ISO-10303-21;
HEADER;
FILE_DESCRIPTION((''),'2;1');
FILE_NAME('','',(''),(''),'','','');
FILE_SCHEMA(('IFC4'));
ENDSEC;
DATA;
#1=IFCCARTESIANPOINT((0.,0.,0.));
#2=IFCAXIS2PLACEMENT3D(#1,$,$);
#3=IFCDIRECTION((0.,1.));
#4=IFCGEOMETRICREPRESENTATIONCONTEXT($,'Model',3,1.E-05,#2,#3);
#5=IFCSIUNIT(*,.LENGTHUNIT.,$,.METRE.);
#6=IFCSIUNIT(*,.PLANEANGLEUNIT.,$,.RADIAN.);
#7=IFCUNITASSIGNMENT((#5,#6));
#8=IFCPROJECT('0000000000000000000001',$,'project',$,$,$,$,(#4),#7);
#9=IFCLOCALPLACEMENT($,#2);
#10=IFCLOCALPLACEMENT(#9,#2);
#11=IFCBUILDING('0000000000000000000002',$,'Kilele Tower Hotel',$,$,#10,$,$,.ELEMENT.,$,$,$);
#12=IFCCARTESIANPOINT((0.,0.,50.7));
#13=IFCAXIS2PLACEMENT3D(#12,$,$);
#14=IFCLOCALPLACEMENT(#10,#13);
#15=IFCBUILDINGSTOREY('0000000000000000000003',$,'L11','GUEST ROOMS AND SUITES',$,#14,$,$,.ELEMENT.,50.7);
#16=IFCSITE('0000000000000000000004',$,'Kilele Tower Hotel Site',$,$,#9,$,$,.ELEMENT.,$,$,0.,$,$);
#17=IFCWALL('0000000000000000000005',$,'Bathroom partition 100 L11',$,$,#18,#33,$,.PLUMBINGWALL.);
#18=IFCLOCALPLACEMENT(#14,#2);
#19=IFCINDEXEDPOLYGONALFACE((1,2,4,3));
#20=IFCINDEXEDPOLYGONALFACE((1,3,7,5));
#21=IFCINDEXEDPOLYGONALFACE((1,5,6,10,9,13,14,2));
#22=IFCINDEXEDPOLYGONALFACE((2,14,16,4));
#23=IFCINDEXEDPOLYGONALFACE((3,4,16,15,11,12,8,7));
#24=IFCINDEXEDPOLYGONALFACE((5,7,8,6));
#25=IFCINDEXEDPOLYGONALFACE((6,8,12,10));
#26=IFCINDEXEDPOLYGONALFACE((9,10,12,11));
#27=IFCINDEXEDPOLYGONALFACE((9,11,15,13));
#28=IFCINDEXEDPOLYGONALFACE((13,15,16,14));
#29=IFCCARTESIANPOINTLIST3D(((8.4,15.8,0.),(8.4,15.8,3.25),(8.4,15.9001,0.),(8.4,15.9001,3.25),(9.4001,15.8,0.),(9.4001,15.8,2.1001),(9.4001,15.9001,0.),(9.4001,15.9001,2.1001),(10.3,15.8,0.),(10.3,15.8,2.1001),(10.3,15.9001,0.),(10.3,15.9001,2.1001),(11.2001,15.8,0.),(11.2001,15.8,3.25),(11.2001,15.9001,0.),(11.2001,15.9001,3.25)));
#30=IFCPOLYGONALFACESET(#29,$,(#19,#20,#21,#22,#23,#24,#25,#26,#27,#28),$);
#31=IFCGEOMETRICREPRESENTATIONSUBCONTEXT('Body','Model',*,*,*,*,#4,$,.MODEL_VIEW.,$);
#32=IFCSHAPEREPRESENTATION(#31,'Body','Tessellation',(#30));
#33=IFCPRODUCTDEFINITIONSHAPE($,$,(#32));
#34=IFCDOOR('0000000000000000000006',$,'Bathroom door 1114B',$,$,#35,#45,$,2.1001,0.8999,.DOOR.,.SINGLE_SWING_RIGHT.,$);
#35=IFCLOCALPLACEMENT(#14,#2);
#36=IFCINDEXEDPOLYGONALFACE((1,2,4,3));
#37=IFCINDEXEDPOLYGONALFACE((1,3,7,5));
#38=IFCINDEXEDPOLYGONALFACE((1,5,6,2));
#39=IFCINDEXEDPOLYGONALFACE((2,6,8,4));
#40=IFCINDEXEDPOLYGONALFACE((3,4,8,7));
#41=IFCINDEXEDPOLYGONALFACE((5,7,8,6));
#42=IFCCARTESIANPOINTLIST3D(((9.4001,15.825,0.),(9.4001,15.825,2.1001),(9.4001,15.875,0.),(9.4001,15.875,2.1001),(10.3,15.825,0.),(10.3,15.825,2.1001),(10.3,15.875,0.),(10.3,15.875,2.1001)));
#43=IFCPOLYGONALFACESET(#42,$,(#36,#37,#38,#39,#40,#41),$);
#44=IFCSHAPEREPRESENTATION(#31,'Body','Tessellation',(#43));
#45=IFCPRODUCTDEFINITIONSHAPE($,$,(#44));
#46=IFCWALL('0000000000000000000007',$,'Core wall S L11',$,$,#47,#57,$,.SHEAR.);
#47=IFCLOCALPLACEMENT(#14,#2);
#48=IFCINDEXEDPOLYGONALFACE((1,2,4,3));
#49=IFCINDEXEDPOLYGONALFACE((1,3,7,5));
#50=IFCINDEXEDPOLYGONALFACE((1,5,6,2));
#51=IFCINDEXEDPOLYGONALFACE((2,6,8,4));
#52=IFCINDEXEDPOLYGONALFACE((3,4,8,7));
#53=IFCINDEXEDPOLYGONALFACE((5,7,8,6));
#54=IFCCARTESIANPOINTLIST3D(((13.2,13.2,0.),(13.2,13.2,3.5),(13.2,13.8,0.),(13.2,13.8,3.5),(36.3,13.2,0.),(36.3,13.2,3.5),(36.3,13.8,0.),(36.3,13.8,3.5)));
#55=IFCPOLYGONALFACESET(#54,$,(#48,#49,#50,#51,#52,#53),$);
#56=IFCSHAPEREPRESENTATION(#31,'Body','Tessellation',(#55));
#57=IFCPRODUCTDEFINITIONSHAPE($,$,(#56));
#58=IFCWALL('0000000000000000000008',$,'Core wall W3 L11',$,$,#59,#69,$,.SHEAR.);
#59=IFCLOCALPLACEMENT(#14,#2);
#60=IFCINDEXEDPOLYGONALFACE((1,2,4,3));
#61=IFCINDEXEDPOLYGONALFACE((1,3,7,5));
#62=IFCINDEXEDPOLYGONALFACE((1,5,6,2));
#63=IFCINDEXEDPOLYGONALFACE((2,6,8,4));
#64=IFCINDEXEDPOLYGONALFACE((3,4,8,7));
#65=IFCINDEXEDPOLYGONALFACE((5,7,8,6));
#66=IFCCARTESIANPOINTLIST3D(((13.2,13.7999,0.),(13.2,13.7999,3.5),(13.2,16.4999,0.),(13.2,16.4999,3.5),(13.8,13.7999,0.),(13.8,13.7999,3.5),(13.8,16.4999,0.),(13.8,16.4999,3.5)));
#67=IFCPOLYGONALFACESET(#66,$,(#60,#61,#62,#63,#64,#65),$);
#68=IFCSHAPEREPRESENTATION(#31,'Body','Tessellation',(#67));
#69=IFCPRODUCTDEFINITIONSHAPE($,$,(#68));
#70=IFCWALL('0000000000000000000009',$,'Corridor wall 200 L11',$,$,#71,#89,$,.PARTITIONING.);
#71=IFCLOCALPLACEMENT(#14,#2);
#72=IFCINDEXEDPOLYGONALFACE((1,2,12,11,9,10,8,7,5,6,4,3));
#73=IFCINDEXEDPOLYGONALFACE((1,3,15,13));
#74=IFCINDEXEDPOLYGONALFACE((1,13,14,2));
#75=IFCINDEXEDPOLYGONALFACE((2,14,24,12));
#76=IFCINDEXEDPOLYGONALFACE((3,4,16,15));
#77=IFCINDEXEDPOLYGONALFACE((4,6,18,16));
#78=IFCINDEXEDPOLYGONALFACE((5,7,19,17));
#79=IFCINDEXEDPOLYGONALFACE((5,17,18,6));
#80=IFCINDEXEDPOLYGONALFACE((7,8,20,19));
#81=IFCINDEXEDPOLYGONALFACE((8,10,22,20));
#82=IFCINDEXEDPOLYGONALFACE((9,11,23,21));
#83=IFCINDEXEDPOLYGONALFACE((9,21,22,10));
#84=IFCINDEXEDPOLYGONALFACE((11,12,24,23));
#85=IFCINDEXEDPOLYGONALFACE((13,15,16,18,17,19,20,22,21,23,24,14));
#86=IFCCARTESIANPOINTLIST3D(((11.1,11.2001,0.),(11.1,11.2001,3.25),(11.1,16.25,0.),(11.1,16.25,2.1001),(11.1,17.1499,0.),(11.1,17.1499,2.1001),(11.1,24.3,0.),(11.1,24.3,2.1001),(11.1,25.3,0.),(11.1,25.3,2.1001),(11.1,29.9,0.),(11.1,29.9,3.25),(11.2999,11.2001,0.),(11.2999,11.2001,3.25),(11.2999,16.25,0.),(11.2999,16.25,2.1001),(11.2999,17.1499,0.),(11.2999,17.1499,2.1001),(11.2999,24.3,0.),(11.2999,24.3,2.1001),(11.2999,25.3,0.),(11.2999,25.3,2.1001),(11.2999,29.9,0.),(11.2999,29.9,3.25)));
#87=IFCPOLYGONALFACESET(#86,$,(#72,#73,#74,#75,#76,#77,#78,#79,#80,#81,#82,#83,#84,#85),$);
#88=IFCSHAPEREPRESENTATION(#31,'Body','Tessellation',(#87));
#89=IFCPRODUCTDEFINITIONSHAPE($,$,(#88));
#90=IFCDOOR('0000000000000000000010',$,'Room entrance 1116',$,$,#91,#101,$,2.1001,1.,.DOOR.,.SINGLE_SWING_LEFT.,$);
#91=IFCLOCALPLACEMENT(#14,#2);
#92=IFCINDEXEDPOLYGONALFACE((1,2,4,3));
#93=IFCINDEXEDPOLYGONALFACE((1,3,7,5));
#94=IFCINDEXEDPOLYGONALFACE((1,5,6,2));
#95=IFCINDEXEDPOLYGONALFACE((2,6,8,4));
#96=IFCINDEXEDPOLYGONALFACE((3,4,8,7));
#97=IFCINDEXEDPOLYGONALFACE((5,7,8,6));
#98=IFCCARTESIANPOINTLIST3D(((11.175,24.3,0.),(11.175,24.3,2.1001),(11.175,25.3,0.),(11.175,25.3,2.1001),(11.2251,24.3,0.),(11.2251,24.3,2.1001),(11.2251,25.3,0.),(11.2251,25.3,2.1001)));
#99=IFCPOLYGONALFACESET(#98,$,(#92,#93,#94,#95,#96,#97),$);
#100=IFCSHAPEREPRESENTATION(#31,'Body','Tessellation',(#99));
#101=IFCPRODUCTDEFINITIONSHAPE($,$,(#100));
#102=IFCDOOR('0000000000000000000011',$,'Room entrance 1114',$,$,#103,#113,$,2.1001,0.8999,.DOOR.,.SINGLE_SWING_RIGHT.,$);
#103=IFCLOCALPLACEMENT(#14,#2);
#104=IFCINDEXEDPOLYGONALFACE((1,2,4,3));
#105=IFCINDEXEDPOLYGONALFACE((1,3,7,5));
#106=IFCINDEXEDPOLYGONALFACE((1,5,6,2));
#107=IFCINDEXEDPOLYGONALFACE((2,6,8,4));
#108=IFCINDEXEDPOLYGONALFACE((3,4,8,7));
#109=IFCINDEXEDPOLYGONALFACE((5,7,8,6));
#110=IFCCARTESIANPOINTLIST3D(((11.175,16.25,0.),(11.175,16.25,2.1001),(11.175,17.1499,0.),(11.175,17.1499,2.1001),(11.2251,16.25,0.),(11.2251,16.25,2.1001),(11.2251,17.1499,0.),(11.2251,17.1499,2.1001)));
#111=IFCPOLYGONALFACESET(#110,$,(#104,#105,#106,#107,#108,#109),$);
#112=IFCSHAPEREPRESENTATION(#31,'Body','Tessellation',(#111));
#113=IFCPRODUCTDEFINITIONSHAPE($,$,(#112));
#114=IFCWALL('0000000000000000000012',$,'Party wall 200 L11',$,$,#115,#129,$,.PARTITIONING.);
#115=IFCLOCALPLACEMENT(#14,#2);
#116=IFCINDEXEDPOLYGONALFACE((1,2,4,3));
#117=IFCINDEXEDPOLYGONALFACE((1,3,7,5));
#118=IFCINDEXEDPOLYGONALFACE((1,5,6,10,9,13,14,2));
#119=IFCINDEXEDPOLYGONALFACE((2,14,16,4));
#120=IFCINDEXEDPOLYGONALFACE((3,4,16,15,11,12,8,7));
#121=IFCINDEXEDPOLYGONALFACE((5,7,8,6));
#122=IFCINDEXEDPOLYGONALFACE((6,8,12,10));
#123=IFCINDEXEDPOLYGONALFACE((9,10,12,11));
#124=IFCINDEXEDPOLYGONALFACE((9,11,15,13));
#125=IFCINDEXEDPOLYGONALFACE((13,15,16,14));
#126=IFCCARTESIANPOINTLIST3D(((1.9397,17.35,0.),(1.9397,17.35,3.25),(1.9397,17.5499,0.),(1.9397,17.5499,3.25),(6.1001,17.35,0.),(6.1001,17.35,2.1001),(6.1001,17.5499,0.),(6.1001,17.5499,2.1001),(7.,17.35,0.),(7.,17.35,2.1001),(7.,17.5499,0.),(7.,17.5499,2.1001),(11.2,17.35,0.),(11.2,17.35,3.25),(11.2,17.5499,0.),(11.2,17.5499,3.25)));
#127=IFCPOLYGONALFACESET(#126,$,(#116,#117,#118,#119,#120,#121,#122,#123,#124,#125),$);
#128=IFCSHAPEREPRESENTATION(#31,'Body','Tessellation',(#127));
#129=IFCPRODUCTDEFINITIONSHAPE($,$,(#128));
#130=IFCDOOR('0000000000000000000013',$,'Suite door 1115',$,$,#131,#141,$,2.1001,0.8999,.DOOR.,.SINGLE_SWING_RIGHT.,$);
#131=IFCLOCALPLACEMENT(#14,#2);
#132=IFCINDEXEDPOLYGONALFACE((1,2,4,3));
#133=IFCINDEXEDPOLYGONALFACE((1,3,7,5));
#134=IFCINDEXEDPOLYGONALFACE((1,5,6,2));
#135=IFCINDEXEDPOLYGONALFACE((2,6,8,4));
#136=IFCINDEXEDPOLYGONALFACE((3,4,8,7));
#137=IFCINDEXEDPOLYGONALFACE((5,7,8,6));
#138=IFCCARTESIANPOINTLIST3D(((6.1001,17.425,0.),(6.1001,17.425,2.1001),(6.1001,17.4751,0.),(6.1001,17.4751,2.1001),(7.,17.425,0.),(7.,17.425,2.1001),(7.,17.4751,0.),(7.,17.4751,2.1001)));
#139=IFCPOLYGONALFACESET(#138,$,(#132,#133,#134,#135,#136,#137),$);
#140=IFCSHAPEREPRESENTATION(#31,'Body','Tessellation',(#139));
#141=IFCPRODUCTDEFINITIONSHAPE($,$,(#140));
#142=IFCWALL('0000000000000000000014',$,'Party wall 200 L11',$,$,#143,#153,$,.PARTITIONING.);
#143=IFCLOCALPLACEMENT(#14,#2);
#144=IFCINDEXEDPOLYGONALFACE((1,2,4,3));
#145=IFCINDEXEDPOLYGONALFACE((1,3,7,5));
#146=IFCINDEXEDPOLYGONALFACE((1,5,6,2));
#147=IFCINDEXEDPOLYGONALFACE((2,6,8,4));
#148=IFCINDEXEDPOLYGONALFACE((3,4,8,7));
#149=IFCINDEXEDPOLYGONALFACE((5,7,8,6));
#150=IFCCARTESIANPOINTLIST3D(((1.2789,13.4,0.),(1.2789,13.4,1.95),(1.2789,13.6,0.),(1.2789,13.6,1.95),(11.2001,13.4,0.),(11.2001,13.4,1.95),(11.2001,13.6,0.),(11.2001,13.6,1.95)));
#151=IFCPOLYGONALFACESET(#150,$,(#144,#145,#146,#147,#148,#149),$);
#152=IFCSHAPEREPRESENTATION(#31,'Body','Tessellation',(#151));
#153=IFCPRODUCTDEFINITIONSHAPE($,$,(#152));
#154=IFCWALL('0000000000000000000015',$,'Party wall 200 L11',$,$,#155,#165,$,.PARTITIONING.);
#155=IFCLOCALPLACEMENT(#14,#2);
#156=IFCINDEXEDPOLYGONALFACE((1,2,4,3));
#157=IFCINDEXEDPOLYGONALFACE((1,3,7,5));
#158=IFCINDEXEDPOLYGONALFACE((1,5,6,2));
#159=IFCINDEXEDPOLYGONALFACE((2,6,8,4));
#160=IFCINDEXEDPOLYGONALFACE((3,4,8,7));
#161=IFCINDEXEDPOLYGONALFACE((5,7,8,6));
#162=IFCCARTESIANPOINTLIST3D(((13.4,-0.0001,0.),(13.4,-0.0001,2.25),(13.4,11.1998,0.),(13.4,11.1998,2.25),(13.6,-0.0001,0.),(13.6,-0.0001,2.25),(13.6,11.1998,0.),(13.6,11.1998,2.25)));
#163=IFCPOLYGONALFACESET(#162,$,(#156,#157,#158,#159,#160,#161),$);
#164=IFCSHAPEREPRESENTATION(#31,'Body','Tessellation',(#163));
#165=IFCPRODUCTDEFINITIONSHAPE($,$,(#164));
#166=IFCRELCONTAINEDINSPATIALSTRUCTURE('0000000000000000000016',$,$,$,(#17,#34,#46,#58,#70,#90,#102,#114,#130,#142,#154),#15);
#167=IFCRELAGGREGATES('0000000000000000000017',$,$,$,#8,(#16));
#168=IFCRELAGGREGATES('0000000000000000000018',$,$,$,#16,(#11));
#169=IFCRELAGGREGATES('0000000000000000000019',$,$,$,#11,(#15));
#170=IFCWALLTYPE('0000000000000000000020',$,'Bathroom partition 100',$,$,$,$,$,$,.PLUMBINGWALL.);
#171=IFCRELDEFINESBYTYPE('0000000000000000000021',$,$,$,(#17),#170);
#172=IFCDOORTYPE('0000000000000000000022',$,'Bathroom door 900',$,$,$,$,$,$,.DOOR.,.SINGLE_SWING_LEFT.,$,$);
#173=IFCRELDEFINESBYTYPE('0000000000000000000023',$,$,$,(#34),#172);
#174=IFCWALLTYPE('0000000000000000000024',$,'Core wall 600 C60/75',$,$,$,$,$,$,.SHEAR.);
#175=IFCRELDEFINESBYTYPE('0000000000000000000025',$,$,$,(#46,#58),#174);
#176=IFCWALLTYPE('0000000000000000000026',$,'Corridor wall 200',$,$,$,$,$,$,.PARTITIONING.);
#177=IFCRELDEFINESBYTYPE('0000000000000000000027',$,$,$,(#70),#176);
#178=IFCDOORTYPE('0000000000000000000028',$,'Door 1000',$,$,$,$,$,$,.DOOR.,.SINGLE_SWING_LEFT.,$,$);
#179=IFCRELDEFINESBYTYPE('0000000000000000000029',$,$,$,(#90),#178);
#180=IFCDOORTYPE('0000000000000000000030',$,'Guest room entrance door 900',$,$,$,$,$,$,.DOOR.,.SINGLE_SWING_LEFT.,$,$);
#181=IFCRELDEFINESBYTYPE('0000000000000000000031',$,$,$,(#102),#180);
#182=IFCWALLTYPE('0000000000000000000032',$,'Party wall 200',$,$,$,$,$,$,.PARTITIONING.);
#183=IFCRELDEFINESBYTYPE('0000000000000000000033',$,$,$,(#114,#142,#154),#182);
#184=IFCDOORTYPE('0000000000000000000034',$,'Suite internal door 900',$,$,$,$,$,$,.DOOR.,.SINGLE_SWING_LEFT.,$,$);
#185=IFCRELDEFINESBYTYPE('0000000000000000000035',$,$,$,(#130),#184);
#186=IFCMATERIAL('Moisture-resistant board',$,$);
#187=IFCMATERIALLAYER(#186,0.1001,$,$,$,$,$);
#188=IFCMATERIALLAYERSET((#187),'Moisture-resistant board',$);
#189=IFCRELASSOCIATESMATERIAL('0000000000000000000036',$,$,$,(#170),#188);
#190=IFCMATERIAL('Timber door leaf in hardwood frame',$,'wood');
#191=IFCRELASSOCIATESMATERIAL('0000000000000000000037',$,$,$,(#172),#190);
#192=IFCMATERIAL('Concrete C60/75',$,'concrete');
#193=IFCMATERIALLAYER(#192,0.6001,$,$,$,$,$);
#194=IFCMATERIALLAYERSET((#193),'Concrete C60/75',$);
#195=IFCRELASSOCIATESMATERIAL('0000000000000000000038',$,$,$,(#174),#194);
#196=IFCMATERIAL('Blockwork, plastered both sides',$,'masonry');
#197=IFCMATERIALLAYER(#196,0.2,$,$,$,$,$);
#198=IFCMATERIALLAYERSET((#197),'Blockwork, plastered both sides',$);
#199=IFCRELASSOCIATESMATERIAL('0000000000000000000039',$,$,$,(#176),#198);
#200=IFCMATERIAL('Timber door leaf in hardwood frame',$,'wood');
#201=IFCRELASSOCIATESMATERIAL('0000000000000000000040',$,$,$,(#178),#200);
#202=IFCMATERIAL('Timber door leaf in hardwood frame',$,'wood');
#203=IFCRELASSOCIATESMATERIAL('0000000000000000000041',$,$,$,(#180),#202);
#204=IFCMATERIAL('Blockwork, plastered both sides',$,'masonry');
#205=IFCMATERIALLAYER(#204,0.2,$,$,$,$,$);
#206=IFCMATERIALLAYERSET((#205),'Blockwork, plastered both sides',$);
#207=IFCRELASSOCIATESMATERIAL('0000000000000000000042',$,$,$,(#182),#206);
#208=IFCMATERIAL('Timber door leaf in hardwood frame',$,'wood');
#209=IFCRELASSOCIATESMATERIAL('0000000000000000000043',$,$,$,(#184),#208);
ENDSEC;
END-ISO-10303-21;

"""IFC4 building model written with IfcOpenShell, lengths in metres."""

from ifc_helpers import new_model, si_unit, direction, frame, frame_2d, origin, place, context, subcontext, project, spatial, rectangle, extrude, material, layer, layer_set, type_object, element, fill, save


model = new_model("IFC4")

# Units and contexts
model_context = context("Model", 3, precision=1e-05, world=origin(), true_north=direction((0.0, 1.0)))
body_context = subcontext(model_context, "Body", "Model", "MODEL_VIEW")
ifc_project = project(units=[si_unit("LENGTHUNIT", "METRE"), si_unit("PLANEANGLEUNIT", "RADIAN")], contexts=[model_context])

# Site, building, storey
site_placement = place(None, origin())
site = spatial("IfcSite", under=ifc_project, at=site_placement, Name="Kilele Tower Hotel Site", CompositionType="ELEMENT", RefElevation=0.0)
building_placement = place(site_placement, origin())
building = spatial("IfcBuilding", under=site, at=building_placement, Name="Kilele Tower Hotel", CompositionType="ELEMENT")
storey_placement = place(building_placement, frame((0.0, 0.0, 50.7)))
storey = spatial("IfcBuildingStorey", under=building, at=storey_placement, Name="L11", Description="GUEST ROOMS AND SUITES", CompositionType="ELEMENT", Elevation=50.7)

# Wall, opening, door
ifc_material_1 = material(Name="Moisture-resistant board")
ifc_layer_1 = layer(ifc_material_1, 0.1001)
ifc_layer_set_1 = layer_set([ifc_layer_1], Name="Moisture-resistant board")
wall_type_1 = type_object("IfcWallType", Name="Bathroom partition 100", PredefinedType="PLUMBINGWALL", material=ifc_layer_set_1)
wall_1_placement = place(storey_placement, frame((11.2, 15.8501, 0.0), z_axis=(0.0, 0.0, 1.0), x_axis=(-1.0, 0.0, 0.0)))
wall_1 = element("IfcWall", 1, at=wall_1_placement, inside=storey, type_object=wall_type_1, Name="Bathroom partition 100 L11", PredefinedType="PLUMBINGWALL", context=body_context, shape_type="SweptSolid", body=[
    extrude(rectangle(XDim=2.8, YDim=0.1001, at=frame_2d((1.3999, 0.0))), origin(), (0.0, 0.0, 1.0), 3.25),
])
opening_1_placement = place(wall_1_placement, frame((1.7998, 0.0, 0.0), z_axis=(0.0, 0.0, 1.0), x_axis=(-1.0, 0.0, 0.0)))
opening_1 = element("IfcOpeningElement", 2, at=opening_1_placement, cuts=wall_1, PredefinedType="OPENING", context=body_context, shape_type="SweptSolid", body=[
    extrude(rectangle(XDim=0.8999, YDim=2.1001, at=frame_2d((0.45, 1.05))), frame((0.0, 0.0601, 0.0), z_axis=(0.0, -1.0, 0.0), x_axis=(1.0, 0.0, 0.0)), (0.0, 0.0, 1.0), 0.1201),
])
ifc_material_2 = material(Name="Timber door leaf in hardwood frame", Category="wood")
door_type_1 = type_object("IfcDoorType", Name="Bathroom door 900", OperationType="SINGLE_SWING_LEFT", PredefinedType="DOOR", material=ifc_material_2)
door_1_placement = place(opening_1_placement, origin())
door_1 = element("IfcDoor", 3, at=door_1_placement, inside=storey, type_object=door_type_1, Name="Bathroom door 1114B", OperationType="SINGLE_SWING_RIGHT", OverallHeight=2.1001, OverallWidth=0.8999, PredefinedType="DOOR", context=body_context, shape_type="SweptSolid", body=[
    extrude(rectangle(XDim=0.8999, YDim=2.1001, at=frame_2d((0.45, 1.05))), frame((0.0, 0.0249, 0.0), z_axis=(0.0, -1.0, 0.0), x_axis=(1.0, 0.0, 0.0)), (0.0, 0.0, 1.0), 0.05),
])
fill(opening_1, door_1)

# Walls
ifc_material_3 = material(Name="Concrete C60/75", Category="concrete")
ifc_layer_2 = layer(ifc_material_3, 0.6001)
ifc_layer_set_2 = layer_set([ifc_layer_2], Name="Concrete C60/75")
wall_type_2 = type_object("IfcWallType", Name="Core wall 600 C60/75", PredefinedType="SHEAR", material=ifc_layer_set_2)
wall_2_placement = place(storey_placement, frame((13.2, 13.5, 0.0), z_axis=(0.0, 0.0, 1.0), x_axis=(1.0, 0.0, 0.0)))
element("IfcWall", 4, at=wall_2_placement, inside=storey, type_object=wall_type_2, Name="Core wall S L11", PredefinedType="SHEAR", context=body_context, shape_type="SweptSolid", body=[
    extrude(rectangle(XDim=23.1001, YDim=0.6001, at=frame_2d((11.55, 0.0))), origin(), (0.0, 0.0, 1.0), 3.5),
])
wall_3_placement = place(storey_placement, frame((13.5, 16.5, 0.0), z_axis=(0.0, 0.0, 1.0), x_axis=(0.0, -1.0, 0.0)))
element("IfcWall", 5, at=wall_3_placement, inside=storey, type_object=wall_type_2, Name="Core wall W3 L11", PredefinedType="SHEAR", context=body_context, shape_type="SweptSolid", body=[
    extrude(rectangle(XDim=2.7, YDim=0.6001, at=frame_2d((1.3501, 0.0))), origin(), (0.0, 0.0, 1.0), 3.5),
])

# Wall, openings, doors
ifc_material_4 = material(Name="Blockwork, plastered both sides", Category="masonry")
ifc_layer_3 = layer(ifc_material_4, 0.2)
ifc_layer_set_3 = layer_set([ifc_layer_3], Name="Blockwork, plastered both sides")
wall_type_3 = type_object("IfcWallType", Name="Corridor wall 200", PredefinedType="PARTITIONING", material=ifc_layer_set_3)
wall_4_placement = place(storey_placement, frame((11.2, 11.2, 0.0), z_axis=(0.0, 0.0, 1.0), x_axis=(0.0, 1.0, 0.0)))
wall_4 = element("IfcWall", 6, at=wall_4_placement, inside=storey, type_object=wall_type_3, Name="Corridor wall 200 L11", PredefinedType="PARTITIONING", context=body_context, shape_type="SweptSolid", body=[
    extrude(rectangle(XDim=18.7, YDim=0.2, at=frame_2d((9.3501, 0.0))), origin(), (0.0, 0.0, 1.0), 3.25),
])
opening_2_placement = place(wall_4_placement, frame((5.05, 0.0, 0.0)))
opening_2 = element("IfcOpeningElement", 7, at=opening_2_placement, cuts=wall_4, PredefinedType="OPENING", context=body_context, shape_type="SweptSolid", body=[
    extrude(rectangle(XDim=0.8999, YDim=2.1001, at=frame_2d((0.45, 1.05))), frame((0.0, 0.1099, 0.0), z_axis=(0.0, -1.0, 0.0), x_axis=(1.0, 0.0, 0.0)), (0.0, 0.0, 1.0), 0.22),
])
opening_3_placement = place(wall_4_placement, frame((13.1001, 0.0, 0.0)))
opening_3 = element("IfcOpeningElement", 8, at=opening_3_placement, cuts=wall_4, PredefinedType="OPENING", context=body_context, shape_type="SweptSolid", body=[
    extrude(rectangle(XDim=1.0, YDim=2.1001, at=frame_2d((0.5, 1.05))), frame((0.0, 0.1099, 0.0), z_axis=(0.0, -1.0, 0.0), x_axis=(1.0, 0.0, 0.0)), (0.0, 0.0, 1.0), 0.22),
])
ifc_material_5 = material(Name="Timber door leaf in hardwood frame", Category="wood")
door_type_2 = type_object("IfcDoorType", Name="Door 1000", OperationType="SINGLE_SWING_LEFT", PredefinedType="DOOR", material=ifc_material_5)
door_2_placement = place(opening_3_placement, origin())
door_2 = element("IfcDoor", 9, at=door_2_placement, inside=storey, type_object=door_type_2, Name="Room entrance 1116", OperationType="SINGLE_SWING_LEFT", OverallHeight=2.1001, OverallWidth=1.0, PredefinedType="DOOR", context=body_context, shape_type="SweptSolid", body=[
    extrude(rectangle(XDim=1.0, YDim=2.1001, at=frame_2d((0.5, 1.05))), frame((0.0, 0.0249, 0.0), z_axis=(0.0, -1.0, 0.0), x_axis=(1.0, 0.0, 0.0)), (0.0, 0.0, 1.0), 0.05),
])
fill(opening_3, door_2)
ifc_material_6 = material(Name="Timber door leaf in hardwood frame", Category="wood")
door_type_3 = type_object("IfcDoorType", Name="Guest room entrance door 900", OperationType="SINGLE_SWING_LEFT", PredefinedType="DOOR", material=ifc_material_6)
door_3_placement = place(opening_2_placement, origin())
door_3 = element("IfcDoor", 10, at=door_3_placement, inside=storey, type_object=door_type_3, Name="Room entrance 1114", OperationType="SINGLE_SWING_RIGHT", OverallHeight=2.1001, OverallWidth=0.8999, PredefinedType="DOOR", context=body_context, shape_type="SweptSolid", body=[
    extrude(rectangle(XDim=0.8999, YDim=2.1001, at=frame_2d((0.45, 1.05))), frame((0.0, 0.0249, 0.0), z_axis=(0.0, -1.0, 0.0), x_axis=(1.0, 0.0, 0.0)), (0.0, 0.0, 1.0), 0.05),
])
fill(opening_2, door_3)

# Wall, opening, door
ifc_material_7 = material(Name="Blockwork, plastered both sides", Category="masonry")
ifc_layer_4 = layer(ifc_material_7, 0.2)
ifc_layer_set_4 = layer_set([ifc_layer_4], Name="Blockwork, plastered both sides")
wall_type_4 = type_object("IfcWallType", Name="Party wall 200", PredefinedType="PARTITIONING", material=ifc_layer_set_4)
wall_5_placement = place(storey_placement, frame((11.2, 17.45, 0.0), z_axis=(0.0, 0.0, 1.0), x_axis=(-1.0, 0.0, 0.0)))
wall_5 = element("IfcWall", 11, at=wall_5_placement, inside=storey, type_object=wall_type_4, Name="Party wall 200 L11", PredefinedType="PARTITIONING", context=body_context, shape_type="SweptSolid", body=[
    extrude(rectangle(XDim=9.2603, YDim=0.2, at=frame_2d((4.6301, 0.0))), origin(), (0.0, 0.0, 1.0), 3.25),
])
opening_4_placement = place(wall_5_placement, frame((4.2, 0.0, 0.0)))
opening_4 = element("IfcOpeningElement", 12, at=opening_4_placement, cuts=wall_5, PredefinedType="OPENING", context=body_context, shape_type="SweptSolid", body=[
    extrude(rectangle(XDim=0.8999, YDim=2.1001, at=frame_2d((0.45, 1.05))), frame((0.0, 0.1099, 0.0), z_axis=(0.0, -1.0, 0.0), x_axis=(1.0, 0.0, 0.0)), (0.0, 0.0, 1.0), 0.22),
])
ifc_material_8 = material(Name="Timber door leaf in hardwood frame", Category="wood")
door_type_4 = type_object("IfcDoorType", Name="Suite internal door 900", OperationType="SINGLE_SWING_LEFT", PredefinedType="DOOR", material=ifc_material_8)
door_4_placement = place(opening_4_placement, origin())
door_4 = element("IfcDoor", 13, at=door_4_placement, inside=storey, type_object=door_type_4, Name="Suite door 1115", OperationType="SINGLE_SWING_RIGHT", OverallHeight=2.1001, OverallWidth=0.8999, PredefinedType="DOOR", context=body_context, shape_type="SweptSolid", body=[
    extrude(rectangle(XDim=0.8999, YDim=2.1001, at=frame_2d((0.45, 1.05))), frame((0.0, 0.0249, 0.0), z_axis=(0.0, -1.0, 0.0), x_axis=(1.0, 0.0, 0.0)), (0.0, 0.0, 1.0), 0.05),
])
fill(opening_4, door_4)

# Walls
wall_6_placement = place(storey_placement, frame((11.2, 13.5, 0.0), z_axis=(0.0, 0.0, 1.0), x_axis=(-1.0, 0.0, 0.0)))
element("IfcWall", 14, at=wall_6_placement, inside=storey, type_object=wall_type_4, Name="Party wall 200 L11", PredefinedType="PARTITIONING", context=body_context, shape_type="SweptSolid", body=[
    extrude(rectangle(XDim=9.9211, YDim=0.2, at=frame_2d((4.9604, 0.0))), origin(), (0.0, 0.0, 1.0), 1.95),
])
wall_7_placement = place(storey_placement, frame((13.5, 11.2, 0.0), z_axis=(0.0, 0.0, 1.0), x_axis=(0.0, -1.0, 0.0)))
element("IfcWall", 15, at=wall_7_placement, inside=storey, type_object=wall_type_4, Name="Party wall 200 L11", PredefinedType="PARTITIONING", context=body_context, shape_type="SweptSolid", body=[
    extrude(rectangle(XDim=11.2, YDim=0.2, at=frame_2d((5.6001, 0.0))), origin(), (0.0, 0.0, 1.0), 2.25),
])

save(model, "model.ifc")
